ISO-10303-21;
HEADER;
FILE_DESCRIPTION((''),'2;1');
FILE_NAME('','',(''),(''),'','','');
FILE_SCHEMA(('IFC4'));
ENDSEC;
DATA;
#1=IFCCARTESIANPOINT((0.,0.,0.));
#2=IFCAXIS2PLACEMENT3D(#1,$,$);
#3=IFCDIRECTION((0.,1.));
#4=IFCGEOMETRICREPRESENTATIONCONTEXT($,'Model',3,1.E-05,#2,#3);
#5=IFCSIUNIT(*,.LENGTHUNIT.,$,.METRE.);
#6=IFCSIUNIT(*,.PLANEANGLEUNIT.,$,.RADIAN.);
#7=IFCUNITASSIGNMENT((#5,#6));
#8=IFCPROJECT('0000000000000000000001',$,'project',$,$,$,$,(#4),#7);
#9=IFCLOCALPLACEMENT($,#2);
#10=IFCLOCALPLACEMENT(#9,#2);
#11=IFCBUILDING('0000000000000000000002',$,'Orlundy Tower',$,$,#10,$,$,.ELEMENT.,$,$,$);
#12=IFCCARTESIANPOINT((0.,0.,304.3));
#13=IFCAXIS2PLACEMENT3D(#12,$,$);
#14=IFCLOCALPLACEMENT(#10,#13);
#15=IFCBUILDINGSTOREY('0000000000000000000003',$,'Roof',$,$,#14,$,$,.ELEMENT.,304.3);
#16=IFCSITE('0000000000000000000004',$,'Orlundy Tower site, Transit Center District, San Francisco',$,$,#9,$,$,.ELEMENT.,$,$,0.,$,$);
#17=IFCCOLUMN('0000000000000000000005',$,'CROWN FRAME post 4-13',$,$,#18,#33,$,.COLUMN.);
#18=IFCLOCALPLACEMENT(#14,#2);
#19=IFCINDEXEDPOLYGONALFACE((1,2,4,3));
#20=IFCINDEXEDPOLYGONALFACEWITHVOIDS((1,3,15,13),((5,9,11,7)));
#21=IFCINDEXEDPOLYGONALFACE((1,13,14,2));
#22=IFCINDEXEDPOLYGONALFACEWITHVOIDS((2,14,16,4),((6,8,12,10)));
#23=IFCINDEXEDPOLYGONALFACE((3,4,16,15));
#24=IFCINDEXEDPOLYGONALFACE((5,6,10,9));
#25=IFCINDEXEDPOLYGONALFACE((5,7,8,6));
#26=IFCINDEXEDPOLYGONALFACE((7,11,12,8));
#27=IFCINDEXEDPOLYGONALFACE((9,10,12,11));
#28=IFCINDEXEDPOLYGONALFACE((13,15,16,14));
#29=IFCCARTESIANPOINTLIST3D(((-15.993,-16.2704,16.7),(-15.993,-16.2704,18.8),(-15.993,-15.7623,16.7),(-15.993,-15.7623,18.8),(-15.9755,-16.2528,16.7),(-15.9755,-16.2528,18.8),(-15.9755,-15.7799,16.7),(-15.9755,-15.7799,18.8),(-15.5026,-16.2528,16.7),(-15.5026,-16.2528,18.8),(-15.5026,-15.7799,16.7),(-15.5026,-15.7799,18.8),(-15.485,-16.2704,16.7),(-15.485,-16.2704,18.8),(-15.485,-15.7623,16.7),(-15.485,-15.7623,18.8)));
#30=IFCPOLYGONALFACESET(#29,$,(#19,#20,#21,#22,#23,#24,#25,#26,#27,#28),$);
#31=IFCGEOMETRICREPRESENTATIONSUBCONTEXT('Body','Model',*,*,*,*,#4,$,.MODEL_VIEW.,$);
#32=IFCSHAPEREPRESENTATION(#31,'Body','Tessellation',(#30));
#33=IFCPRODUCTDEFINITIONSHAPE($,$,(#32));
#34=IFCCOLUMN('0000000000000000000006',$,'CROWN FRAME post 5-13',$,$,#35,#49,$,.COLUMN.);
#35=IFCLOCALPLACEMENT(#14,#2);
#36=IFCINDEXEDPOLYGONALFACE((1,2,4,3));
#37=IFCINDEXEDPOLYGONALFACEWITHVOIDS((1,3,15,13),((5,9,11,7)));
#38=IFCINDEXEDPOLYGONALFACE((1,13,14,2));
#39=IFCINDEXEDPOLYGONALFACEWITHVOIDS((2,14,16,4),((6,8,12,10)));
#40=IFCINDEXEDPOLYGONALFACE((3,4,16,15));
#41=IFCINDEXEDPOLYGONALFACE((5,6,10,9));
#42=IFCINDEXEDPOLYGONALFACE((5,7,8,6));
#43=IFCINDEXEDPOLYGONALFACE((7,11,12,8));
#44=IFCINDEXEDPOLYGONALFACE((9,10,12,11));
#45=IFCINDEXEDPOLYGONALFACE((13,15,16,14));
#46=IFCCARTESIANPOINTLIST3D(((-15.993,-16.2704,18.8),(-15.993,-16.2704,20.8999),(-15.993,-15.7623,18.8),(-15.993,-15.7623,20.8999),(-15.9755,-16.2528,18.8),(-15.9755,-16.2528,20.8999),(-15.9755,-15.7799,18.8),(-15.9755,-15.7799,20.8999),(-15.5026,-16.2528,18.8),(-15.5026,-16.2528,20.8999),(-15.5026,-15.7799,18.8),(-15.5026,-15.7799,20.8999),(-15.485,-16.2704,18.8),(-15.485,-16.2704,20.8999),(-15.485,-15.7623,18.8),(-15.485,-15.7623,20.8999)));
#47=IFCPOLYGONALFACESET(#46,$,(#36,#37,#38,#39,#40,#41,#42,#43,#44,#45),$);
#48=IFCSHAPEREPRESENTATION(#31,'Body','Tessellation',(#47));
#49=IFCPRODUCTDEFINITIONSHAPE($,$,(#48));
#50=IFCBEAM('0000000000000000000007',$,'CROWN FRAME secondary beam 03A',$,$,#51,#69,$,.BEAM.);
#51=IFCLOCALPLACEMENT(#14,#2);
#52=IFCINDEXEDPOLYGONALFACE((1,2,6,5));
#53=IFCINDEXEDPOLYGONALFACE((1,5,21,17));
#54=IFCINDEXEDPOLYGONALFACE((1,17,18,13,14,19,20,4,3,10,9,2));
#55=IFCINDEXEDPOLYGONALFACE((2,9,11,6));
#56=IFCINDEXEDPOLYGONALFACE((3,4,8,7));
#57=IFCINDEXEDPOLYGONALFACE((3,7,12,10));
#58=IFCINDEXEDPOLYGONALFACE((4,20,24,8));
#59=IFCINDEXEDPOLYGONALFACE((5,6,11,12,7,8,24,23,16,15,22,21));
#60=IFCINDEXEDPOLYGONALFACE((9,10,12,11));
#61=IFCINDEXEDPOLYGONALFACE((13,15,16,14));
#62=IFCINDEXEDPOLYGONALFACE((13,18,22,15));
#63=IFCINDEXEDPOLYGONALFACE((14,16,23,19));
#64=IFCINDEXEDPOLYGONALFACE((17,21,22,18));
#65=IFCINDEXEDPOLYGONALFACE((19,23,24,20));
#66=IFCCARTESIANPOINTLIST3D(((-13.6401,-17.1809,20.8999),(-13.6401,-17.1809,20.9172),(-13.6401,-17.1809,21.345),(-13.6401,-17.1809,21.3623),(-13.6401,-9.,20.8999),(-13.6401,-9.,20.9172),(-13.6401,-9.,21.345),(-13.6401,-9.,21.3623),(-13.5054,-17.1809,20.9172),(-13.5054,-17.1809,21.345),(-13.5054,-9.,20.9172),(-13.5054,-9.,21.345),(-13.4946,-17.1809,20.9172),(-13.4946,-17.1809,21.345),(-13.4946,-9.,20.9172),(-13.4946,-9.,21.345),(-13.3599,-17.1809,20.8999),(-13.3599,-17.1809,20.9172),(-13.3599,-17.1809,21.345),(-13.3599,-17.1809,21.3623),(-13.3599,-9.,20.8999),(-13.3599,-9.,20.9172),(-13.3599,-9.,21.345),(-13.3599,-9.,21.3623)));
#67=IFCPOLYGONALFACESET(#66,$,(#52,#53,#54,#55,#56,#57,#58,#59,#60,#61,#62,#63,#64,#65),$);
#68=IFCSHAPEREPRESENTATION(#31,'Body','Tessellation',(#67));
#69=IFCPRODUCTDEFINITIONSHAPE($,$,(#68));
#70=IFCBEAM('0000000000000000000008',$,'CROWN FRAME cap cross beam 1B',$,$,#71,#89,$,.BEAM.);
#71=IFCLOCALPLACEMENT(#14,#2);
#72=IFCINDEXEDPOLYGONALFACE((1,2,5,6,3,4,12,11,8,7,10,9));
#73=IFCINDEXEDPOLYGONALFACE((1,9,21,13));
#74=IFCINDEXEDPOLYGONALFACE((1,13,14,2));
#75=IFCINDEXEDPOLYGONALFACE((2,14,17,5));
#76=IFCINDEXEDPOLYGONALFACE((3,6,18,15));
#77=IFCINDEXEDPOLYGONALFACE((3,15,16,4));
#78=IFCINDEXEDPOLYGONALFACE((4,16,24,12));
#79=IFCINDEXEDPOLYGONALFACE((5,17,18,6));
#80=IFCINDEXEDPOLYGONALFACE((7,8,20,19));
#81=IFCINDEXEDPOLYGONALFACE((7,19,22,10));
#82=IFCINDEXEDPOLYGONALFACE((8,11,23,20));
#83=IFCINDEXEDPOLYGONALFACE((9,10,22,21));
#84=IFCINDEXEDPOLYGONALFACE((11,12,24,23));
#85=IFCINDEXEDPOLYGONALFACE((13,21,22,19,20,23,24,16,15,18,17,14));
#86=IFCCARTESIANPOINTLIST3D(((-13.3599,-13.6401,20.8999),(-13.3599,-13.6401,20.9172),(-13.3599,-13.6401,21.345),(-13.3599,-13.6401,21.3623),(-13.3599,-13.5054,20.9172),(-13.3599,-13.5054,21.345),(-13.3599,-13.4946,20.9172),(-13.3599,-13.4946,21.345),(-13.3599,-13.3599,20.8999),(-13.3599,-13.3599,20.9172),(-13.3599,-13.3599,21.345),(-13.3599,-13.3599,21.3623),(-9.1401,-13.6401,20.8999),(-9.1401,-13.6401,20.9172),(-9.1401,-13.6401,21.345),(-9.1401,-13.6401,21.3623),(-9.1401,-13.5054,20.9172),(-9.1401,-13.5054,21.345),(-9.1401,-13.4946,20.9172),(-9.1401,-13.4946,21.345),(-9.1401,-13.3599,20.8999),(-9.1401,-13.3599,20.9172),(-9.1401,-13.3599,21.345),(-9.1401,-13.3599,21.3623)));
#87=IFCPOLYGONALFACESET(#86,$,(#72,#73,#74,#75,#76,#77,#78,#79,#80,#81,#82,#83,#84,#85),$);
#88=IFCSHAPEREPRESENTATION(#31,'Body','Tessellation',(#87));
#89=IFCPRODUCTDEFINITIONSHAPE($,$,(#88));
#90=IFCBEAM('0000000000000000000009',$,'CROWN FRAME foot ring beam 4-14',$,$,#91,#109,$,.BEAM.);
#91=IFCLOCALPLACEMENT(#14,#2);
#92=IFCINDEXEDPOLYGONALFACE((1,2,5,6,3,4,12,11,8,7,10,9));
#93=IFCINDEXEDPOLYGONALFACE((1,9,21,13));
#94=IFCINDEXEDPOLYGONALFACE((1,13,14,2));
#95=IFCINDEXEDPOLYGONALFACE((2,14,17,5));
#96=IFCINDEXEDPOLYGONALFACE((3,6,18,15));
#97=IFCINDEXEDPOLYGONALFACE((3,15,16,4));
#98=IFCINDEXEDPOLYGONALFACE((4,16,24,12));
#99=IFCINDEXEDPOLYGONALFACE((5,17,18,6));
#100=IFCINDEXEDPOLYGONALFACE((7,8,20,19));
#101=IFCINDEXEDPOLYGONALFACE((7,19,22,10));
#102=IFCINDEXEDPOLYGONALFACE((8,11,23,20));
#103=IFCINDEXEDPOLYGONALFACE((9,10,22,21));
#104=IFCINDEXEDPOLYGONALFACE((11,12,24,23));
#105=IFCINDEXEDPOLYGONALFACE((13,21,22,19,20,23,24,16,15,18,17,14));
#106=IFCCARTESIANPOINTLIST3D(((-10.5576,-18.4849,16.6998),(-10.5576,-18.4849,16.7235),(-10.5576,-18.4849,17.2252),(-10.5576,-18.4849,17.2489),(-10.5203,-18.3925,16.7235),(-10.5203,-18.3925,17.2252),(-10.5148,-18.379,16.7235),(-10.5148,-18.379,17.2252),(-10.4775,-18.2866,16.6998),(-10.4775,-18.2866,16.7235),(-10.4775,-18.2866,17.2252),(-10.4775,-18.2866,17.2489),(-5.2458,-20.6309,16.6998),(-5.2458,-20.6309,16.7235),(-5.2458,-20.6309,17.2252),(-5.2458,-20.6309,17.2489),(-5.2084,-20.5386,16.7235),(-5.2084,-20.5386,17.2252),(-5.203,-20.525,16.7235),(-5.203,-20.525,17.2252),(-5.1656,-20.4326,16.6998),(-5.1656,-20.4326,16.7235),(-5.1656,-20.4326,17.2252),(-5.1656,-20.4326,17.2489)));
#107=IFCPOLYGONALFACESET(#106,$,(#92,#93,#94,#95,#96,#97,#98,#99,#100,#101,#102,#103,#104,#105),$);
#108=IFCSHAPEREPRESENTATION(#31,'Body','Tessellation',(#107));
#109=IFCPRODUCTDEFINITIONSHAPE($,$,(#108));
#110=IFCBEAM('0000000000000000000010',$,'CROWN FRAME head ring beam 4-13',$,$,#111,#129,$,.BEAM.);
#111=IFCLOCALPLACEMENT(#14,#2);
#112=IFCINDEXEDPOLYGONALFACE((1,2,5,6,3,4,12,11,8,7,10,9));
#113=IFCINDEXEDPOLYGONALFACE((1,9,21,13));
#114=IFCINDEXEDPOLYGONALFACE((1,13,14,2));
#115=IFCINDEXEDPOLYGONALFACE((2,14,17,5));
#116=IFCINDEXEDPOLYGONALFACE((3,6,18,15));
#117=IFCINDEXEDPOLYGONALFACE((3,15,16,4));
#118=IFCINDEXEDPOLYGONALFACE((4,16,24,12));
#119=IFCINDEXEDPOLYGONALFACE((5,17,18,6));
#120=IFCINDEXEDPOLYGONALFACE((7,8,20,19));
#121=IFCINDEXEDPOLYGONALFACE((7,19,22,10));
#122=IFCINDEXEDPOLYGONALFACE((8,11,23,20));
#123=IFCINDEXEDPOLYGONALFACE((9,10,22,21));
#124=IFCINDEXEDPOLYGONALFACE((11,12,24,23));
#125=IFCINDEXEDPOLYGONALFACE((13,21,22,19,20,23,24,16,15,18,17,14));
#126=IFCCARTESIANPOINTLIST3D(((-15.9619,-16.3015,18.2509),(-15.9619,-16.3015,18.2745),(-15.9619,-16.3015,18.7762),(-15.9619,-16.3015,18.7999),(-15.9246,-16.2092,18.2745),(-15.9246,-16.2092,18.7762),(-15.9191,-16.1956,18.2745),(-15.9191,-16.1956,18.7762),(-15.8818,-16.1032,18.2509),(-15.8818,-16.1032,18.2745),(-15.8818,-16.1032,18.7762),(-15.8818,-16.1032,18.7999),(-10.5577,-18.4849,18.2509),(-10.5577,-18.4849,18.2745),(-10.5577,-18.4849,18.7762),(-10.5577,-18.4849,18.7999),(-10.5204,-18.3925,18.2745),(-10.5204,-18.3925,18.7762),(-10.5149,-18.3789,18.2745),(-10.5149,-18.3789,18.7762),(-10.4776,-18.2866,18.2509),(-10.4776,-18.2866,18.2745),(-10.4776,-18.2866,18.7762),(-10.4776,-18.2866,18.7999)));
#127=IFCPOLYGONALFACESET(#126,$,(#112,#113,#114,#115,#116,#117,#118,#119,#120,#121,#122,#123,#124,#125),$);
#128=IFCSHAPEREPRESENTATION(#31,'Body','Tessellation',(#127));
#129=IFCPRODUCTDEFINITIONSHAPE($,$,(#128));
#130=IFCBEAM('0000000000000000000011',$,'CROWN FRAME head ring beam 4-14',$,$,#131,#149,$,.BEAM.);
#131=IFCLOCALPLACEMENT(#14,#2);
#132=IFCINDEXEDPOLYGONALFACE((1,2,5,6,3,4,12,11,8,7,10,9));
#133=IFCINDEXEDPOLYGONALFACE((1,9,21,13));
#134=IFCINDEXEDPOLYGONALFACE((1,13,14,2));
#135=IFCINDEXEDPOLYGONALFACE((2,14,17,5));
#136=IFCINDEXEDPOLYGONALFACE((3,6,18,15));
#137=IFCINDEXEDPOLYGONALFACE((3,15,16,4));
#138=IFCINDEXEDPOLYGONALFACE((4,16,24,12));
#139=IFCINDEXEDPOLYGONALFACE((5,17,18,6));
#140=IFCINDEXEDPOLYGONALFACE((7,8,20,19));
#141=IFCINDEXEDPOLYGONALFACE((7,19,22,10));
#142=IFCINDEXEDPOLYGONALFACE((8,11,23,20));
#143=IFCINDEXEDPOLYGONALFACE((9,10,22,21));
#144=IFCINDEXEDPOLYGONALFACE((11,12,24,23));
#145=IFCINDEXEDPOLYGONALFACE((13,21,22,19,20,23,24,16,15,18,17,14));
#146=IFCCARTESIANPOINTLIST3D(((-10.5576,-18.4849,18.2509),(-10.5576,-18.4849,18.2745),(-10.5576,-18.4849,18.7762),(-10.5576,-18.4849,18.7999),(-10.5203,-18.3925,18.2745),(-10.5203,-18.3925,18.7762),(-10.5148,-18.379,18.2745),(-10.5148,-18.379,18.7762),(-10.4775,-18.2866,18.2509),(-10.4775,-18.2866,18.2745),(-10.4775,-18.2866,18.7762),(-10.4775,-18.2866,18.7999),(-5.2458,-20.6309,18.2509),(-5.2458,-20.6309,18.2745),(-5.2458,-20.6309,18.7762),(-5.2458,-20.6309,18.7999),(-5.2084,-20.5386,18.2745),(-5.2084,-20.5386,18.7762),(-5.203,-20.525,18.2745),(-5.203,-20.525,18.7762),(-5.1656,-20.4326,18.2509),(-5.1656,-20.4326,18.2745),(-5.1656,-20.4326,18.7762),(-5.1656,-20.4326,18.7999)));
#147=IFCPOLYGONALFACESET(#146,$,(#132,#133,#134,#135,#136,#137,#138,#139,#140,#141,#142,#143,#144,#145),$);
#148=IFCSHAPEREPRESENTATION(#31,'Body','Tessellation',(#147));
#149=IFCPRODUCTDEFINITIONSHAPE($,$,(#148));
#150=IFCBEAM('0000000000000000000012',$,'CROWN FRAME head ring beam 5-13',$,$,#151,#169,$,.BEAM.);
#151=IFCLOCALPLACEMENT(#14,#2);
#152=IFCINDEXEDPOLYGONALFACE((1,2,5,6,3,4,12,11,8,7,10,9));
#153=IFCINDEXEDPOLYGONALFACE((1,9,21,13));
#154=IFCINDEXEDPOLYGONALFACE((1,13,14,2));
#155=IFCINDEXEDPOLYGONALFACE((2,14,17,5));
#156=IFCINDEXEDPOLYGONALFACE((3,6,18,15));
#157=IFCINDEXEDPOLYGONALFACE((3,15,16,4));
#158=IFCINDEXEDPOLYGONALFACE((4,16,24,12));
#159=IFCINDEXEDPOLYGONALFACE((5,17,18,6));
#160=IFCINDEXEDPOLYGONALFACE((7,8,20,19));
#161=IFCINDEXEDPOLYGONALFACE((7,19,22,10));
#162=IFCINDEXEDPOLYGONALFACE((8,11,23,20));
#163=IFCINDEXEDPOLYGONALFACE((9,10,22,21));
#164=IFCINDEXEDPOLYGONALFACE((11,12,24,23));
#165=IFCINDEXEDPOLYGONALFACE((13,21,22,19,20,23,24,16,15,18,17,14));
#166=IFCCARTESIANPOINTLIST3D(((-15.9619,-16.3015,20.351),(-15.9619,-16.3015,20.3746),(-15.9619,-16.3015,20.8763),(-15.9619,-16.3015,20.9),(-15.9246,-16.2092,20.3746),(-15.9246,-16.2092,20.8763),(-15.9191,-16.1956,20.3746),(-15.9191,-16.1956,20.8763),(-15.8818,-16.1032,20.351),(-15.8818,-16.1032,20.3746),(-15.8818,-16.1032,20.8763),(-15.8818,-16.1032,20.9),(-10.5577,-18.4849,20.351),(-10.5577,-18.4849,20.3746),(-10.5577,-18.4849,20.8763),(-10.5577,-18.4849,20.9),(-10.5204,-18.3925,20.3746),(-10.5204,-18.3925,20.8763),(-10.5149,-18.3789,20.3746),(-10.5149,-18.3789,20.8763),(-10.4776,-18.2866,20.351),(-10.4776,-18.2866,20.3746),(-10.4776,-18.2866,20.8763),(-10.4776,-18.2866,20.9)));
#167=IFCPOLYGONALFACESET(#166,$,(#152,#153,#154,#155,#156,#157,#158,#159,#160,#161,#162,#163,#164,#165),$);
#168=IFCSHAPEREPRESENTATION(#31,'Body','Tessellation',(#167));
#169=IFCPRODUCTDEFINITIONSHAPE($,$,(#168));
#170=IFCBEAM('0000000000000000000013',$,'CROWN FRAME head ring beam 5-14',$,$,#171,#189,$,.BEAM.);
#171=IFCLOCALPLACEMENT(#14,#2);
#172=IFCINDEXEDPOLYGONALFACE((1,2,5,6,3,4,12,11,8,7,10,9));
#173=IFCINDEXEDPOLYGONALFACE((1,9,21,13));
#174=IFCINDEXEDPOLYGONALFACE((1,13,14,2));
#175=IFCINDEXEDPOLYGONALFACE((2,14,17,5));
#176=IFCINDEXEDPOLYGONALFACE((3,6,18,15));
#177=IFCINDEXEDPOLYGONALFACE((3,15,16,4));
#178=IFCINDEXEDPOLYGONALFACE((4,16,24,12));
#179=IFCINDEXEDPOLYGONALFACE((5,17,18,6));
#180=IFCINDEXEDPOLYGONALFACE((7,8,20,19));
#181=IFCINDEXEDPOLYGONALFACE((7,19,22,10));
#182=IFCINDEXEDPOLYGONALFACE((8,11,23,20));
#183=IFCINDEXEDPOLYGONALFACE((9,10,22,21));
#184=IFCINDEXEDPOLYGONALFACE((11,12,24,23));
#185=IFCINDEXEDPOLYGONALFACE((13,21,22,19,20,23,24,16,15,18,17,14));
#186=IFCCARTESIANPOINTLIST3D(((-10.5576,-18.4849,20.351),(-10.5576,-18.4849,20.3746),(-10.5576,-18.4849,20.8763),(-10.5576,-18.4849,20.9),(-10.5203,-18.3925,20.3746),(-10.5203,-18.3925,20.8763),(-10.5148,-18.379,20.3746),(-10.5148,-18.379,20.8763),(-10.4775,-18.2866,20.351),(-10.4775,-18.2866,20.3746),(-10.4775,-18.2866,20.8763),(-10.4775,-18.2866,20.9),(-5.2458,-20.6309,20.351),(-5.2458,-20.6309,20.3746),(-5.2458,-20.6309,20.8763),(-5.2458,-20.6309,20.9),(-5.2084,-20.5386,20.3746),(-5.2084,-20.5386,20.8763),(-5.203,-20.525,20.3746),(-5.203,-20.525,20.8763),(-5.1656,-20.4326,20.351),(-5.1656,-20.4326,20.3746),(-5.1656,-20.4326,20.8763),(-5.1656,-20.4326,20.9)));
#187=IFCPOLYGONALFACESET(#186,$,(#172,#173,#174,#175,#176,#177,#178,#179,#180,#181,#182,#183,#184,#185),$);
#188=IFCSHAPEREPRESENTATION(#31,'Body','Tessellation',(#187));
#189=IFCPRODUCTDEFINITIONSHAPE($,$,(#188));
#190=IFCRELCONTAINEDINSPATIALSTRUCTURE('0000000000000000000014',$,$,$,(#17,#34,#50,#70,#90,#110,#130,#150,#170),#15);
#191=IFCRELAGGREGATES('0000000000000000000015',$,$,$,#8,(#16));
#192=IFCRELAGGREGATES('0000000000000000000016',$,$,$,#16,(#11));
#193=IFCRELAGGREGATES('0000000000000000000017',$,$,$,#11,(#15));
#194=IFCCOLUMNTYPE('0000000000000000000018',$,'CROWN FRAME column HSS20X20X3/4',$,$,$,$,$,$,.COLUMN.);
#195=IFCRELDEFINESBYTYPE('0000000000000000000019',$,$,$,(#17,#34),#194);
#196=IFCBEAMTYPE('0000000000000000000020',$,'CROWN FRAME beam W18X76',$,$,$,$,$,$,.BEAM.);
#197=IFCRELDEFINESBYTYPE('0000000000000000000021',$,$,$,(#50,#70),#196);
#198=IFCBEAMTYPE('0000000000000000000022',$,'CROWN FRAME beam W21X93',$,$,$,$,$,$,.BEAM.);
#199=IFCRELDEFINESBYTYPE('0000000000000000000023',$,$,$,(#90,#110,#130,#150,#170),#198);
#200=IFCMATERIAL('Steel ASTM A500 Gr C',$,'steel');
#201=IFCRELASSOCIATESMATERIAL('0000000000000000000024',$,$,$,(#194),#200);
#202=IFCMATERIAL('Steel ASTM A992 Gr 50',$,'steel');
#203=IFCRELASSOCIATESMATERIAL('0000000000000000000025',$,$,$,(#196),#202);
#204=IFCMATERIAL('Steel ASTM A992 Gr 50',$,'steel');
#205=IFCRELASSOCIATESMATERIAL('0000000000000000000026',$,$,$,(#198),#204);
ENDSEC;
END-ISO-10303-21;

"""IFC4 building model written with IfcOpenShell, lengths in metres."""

from ifc_helpers import new_model, si_unit, direction, frame, origin, origin_2d, place, context, subcontext, project, spatial, hollow_rectangle, i_section, extrude, material, material_profile, profile_set, type_object, element, save


model = new_model("IFC4")

# Units and contexts
model_context = context("Model", 3, precision=1e-05, world=origin(), true_north=direction((0.0, 1.0)))
body_context = subcontext(model_context, "Body", "Model", "MODEL_VIEW")
ifc_project = project(units=[si_unit("LENGTHUNIT", "METRE"), si_unit("PLANEANGLEUNIT", "RADIAN")], contexts=[model_context])

# Site, building, storey
site_placement = place(None, origin())
site = spatial("IfcSite", under=ifc_project, at=site_placement, Name="Orlundy Tower site, Transit Center District, San Francisco", CompositionType="ELEMENT", RefElevation=0.0)
building_placement = place(site_placement, origin())
building = spatial("IfcBuilding", under=site, at=building_placement, Name="Orlundy Tower", CompositionType="ELEMENT")
storey_placement = place(building_placement, frame((0.0, 0.0, 304.3)))
storey = spatial("IfcBuildingStorey", under=building, at=storey_placement, Name="Roof", CompositionType="ELEMENT", Elevation=304.3)

# Columns
ifc_material_1 = material(Name="Steel ASTM A500 Gr C", Category="steel")
ifc_material_profile_1 = material_profile(ifc_material_1, hollow_rectangle(XDim=0.5081, YDim=0.5081, WallThickness=0.0176, at=origin_2d()), Name="HSS20X20X3/4")
ifc_profile_set_1 = profile_set([ifc_material_profile_1], Name="Steel ASTM A500 Gr C")
column_type = type_object("IfcColumnType", Name="CROWN FRAME column HSS20X20X3/4", PredefinedType="COLUMN", material=ifc_profile_set_1)
column_1_placement = place(storey_placement, frame((-15.739, -16.0164, 16.7), z_axis=(0.0, 0.0, 1.0), x_axis=(1.0, 0.0, 0.0)))
element("IfcColumn", 1, at=column_1_placement, inside=storey, type_object=column_type, Name="CROWN FRAME post 4-13", PredefinedType="COLUMN", context=body_context, shape_type="SweptSolid", body=[
    extrude(hollow_rectangle(XDim=0.5081, YDim=0.5081, WallThickness=0.0176, at=origin_2d()), origin(), (0.0, 0.0, 1.0), 2.1001),
])
column_2_placement = place(storey_placement, frame((-15.739, -16.0164, 18.8), z_axis=(0.0, 0.0, 1.0), x_axis=(1.0, 0.0, 0.0)))
element("IfcColumn", 2, at=column_2_placement, inside=storey, type_object=column_type, Name="CROWN FRAME post 5-13", PredefinedType="COLUMN", context=body_context, shape_type="SweptSolid", body=[
    extrude(hollow_rectangle(XDim=0.5081, YDim=0.5081, WallThickness=0.0176, at=origin_2d()), origin(), (0.0, 0.0, 1.0), 2.0999),
])

# Beams
ifc_material_2 = material(Name="Steel ASTM A992 Gr 50", Category="steel")
ifc_material_profile_2 = material_profile(ifc_material_2, i_section(OverallWidth=0.2803, OverallDepth=0.4624, WebThickness=0.0107, FlangeThickness=0.0173, at=origin_2d()), Name="W18X76")
ifc_profile_set_2 = profile_set([ifc_material_profile_2], Name="Steel ASTM A992 Gr 50")
beam_type_1 = type_object("IfcBeamType", Name="CROWN FRAME beam W18X76", PredefinedType="BEAM", material=ifc_profile_set_2)
beam_1_placement = place(storey_placement, frame((-13.5, -17.1809, 21.1311), z_axis=(0.0, 1.0, 0.0), x_axis=(-1.0, 0.0, 0.0)))
element("IfcBeam", 3, at=beam_1_placement, inside=storey, type_object=beam_type_1, Name="CROWN FRAME secondary beam 03A", PredefinedType="BEAM", context=body_context, shape_type="SweptSolid", body=[
    extrude(i_section(OverallWidth=0.2803, OverallDepth=0.4624, WebThickness=0.0107, FlangeThickness=0.0173, at=origin_2d()), origin(), (0.0, 0.0, 1.0), 8.1809),
])
beam_2_placement = place(storey_placement, frame((-13.3599, -13.5, 21.1311), z_axis=(1.0, 0.0, 0.0), x_axis=(0.0, 1.0, 0.0)))
element("IfcBeam", 4, at=beam_2_placement, inside=storey, type_object=beam_type_1, Name="CROWN FRAME cap cross beam 1B", PredefinedType="BEAM", context=body_context, shape_type="SweptSolid", body=[
    extrude(i_section(OverallWidth=0.2803, OverallDepth=0.4624, WebThickness=0.0107, FlangeThickness=0.0173, at=origin_2d()), origin(), (0.0, 0.0, 1.0), 4.2197),
])
ifc_material_3 = material(Name="Steel ASTM A992 Gr 50", Category="steel")
ifc_material_profile_3 = material_profile(ifc_material_3, i_section(OverallWidth=0.2139, OverallDepth=0.5491, WebThickness=0.0146, FlangeThickness=0.0237, at=origin_2d()), Name="W21X93")
ifc_profile_set_3 = profile_set([ifc_material_profile_3], Name="Steel ASTM A992 Gr 50")
beam_type_2 = type_object("IfcBeamType", Name="CROWN FRAME beam W21X93", PredefinedType="BEAM", material=ifc_profile_set_3)
beam_3_placement = place(storey_placement, frame((-10.5176, -18.3857, 16.9744), z_axis=(0.92719, -0.374592, 0.0), x_axis=(0.374592, 0.92719, 0.0)))
element("IfcBeam", 5, at=beam_3_placement, inside=storey, type_object=beam_type_2, Name="CROWN FRAME foot ring beam 4-14", PredefinedType="BEAM", context=body_context, shape_type="SweptSolid", body=[
    extrude(i_section(OverallWidth=0.2139, OverallDepth=0.5491, WebThickness=0.0146, FlangeThickness=0.0237, at=origin_2d()), origin(), (0.0, 0.0, 1.0), 5.729),
])
beam_4_placement = place(storey_placement, frame((-15.9219, -16.2024, 18.5254), z_axis=(0.927191, -0.374588, 0.0), x_axis=(0.374588, 0.927191, 0.0)))
element("IfcBeam", 6, at=beam_4_placement, inside=storey, type_object=beam_type_2, Name="CROWN FRAME head ring beam 4-13", PredefinedType="BEAM", context=body_context, shape_type="SweptSolid", body=[
    extrude(i_section(OverallWidth=0.2139, OverallDepth=0.5491, WebThickness=0.0146, FlangeThickness=0.0237, at=origin_2d()), origin(), (0.0, 0.0, 1.0), 5.8286),
])
beam_5_placement = place(storey_placement, frame((-10.5176, -18.3857, 18.5254), z_axis=(0.92719, -0.374592, 0.0), x_axis=(0.374592, 0.92719, 0.0)))
element("IfcBeam", 7, at=beam_5_placement, inside=storey, type_object=beam_type_2, Name="CROWN FRAME head ring beam 4-14", PredefinedType="BEAM", context=body_context, shape_type="SweptSolid", body=[
    extrude(i_section(OverallWidth=0.2139, OverallDepth=0.5491, WebThickness=0.0146, FlangeThickness=0.0237, at=origin_2d()), origin(), (0.0, 0.0, 1.0), 5.729),
])
beam_6_placement = place(storey_placement, frame((-15.9219, -16.2024, 20.6255), z_axis=(0.927191, -0.374588, 0.0), x_axis=(0.374588, 0.927191, 0.0)))
element("IfcBeam", 8, at=beam_6_placement, inside=storey, type_object=beam_type_2, Name="CROWN FRAME head ring beam 5-13", PredefinedType="BEAM", context=body_context, shape_type="SweptSolid", body=[
    extrude(i_section(OverallWidth=0.2139, OverallDepth=0.5491, WebThickness=0.0146, FlangeThickness=0.0237, at=origin_2d()), origin(), (0.0, 0.0, 1.0), 5.8286),
])
beam_7_placement = place(storey_placement, frame((-10.5176, -18.3857, 20.6255), z_axis=(0.92719, -0.374592, 0.0), x_axis=(0.374592, 0.92719, 0.0)))
element("IfcBeam", 9, at=beam_7_placement, inside=storey, type_object=beam_type_2, Name="CROWN FRAME head ring beam 5-14", PredefinedType="BEAM", context=body_context, shape_type="SweptSolid", body=[
    extrude(i_section(OverallWidth=0.2139, OverallDepth=0.5491, WebThickness=0.0146, FlangeThickness=0.0237, at=origin_2d()), origin(), (0.0, 0.0, 1.0), 5.729),
])

save(model, "model.ifc")
